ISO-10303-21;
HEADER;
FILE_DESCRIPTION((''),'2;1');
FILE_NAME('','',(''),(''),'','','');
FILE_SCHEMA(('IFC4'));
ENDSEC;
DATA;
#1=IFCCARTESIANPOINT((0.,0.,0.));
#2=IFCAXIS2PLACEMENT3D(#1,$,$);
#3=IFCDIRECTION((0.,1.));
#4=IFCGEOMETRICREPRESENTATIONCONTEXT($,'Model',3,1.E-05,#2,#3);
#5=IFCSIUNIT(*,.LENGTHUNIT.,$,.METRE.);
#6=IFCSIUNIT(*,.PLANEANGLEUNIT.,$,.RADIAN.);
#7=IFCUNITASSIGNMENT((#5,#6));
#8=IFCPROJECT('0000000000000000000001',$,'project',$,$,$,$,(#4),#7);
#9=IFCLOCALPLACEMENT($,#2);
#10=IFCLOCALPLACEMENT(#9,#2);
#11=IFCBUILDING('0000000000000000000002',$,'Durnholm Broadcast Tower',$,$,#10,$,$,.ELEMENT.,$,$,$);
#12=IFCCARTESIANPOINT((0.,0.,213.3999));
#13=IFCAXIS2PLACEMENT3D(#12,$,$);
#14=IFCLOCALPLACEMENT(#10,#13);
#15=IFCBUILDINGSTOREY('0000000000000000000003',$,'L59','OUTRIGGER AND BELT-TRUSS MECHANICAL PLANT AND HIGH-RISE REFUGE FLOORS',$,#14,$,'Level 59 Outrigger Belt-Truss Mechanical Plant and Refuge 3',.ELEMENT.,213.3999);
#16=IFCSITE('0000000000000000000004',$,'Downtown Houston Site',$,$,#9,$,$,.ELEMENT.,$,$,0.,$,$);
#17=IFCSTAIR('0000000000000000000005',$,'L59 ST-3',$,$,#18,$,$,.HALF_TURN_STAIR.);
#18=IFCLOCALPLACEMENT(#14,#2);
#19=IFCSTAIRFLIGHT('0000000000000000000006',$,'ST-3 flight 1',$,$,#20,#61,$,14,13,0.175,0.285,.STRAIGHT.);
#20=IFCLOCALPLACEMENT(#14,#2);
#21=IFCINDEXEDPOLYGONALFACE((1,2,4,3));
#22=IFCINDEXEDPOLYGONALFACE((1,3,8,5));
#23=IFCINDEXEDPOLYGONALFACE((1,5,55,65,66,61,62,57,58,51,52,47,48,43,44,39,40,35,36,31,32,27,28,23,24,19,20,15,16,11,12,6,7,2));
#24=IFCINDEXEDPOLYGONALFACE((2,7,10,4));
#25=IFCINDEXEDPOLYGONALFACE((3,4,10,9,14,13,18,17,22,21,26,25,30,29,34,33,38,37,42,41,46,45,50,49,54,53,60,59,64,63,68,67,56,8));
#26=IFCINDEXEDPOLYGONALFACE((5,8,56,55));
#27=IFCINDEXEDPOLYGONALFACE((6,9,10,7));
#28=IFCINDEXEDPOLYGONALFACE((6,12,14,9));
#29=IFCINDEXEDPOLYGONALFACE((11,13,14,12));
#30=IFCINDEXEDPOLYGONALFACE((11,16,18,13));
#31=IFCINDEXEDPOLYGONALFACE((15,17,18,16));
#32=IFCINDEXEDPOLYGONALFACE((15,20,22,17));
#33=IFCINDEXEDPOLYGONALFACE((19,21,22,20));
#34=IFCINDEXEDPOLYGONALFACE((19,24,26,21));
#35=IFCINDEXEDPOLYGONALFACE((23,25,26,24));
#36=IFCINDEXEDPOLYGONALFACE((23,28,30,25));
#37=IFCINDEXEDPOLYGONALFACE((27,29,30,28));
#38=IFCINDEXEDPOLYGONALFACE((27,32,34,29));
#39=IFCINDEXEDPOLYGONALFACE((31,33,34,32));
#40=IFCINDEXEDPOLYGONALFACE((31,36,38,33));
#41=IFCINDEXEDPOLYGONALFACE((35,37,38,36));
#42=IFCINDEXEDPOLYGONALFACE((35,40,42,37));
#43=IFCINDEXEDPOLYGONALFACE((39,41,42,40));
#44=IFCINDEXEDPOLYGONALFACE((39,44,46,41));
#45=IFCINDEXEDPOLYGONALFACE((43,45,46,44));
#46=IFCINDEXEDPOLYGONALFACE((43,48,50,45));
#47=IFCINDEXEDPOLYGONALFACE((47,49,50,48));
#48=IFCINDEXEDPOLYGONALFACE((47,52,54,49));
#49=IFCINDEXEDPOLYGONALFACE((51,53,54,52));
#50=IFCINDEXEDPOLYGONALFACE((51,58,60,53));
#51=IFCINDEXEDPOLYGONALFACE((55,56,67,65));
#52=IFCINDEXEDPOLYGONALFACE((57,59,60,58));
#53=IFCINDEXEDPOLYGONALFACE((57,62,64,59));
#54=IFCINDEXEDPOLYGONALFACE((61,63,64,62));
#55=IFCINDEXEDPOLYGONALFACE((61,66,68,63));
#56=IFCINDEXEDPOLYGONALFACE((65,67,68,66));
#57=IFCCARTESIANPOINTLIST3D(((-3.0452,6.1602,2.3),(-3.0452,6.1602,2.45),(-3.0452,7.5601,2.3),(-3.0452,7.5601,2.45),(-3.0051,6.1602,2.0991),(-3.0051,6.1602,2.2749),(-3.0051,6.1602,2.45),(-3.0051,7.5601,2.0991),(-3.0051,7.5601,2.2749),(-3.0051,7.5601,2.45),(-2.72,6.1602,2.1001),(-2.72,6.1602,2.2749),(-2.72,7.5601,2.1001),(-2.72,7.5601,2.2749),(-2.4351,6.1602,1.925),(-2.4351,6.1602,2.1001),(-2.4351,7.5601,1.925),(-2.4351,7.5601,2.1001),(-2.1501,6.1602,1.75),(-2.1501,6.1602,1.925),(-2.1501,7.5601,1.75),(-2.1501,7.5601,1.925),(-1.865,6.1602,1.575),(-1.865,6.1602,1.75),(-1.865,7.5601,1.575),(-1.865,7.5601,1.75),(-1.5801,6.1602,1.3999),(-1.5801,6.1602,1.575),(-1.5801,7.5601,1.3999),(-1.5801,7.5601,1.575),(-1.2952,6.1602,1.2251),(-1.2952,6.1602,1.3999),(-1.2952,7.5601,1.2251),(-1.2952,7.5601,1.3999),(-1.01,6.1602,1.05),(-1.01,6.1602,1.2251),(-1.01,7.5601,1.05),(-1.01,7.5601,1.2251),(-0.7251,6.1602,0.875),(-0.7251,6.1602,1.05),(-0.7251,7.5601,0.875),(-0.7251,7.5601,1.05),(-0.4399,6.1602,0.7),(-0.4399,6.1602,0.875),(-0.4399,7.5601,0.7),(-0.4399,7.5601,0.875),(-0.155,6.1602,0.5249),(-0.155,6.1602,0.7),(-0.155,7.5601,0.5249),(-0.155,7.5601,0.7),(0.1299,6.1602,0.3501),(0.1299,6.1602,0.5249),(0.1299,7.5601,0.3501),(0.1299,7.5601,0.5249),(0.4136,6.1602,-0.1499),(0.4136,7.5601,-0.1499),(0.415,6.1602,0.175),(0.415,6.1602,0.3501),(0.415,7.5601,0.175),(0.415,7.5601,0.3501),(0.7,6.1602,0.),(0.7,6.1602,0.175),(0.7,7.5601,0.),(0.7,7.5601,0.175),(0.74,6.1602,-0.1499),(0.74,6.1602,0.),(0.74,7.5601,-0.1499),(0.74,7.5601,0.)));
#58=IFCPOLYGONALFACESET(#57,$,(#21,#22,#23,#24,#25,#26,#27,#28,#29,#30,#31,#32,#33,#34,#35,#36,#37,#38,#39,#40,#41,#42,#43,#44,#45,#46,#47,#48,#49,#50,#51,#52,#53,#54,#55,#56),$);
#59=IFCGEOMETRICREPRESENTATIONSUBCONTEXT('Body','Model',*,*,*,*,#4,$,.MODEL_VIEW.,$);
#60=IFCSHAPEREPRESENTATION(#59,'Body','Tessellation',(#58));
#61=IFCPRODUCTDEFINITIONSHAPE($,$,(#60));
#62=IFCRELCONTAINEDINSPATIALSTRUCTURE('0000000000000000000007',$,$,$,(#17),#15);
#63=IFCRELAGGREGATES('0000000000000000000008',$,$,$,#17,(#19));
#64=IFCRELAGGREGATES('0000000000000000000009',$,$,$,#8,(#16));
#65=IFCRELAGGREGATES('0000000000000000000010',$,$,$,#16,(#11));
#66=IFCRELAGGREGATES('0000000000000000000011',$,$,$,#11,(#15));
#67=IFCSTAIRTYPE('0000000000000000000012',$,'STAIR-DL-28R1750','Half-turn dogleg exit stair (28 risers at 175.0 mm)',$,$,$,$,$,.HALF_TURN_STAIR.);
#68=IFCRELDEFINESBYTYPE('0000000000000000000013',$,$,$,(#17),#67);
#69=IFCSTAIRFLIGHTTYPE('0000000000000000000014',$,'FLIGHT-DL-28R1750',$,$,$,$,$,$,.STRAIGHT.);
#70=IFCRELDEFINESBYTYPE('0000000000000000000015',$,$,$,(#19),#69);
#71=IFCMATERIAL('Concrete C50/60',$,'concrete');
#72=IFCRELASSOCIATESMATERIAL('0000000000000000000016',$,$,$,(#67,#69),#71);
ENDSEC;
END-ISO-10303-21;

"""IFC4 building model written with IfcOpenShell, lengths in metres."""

from ifc_helpers import new_model, si_unit, direction, frame, origin, place, context, subcontext, project, spatial, polyline, outline, extrude, material, type_object, element, aggregate, save


model = new_model("IFC4")

# Units and contexts
model_context = context("Model", 3, precision=1e-05, world=origin(), true_north=direction((0.0, 1.0)))
body_context = subcontext(model_context, "Body", "Model", "MODEL_VIEW")
ifc_project = project(units=[si_unit("LENGTHUNIT", "METRE"), si_unit("PLANEANGLEUNIT", "RADIAN")], contexts=[model_context])

# Site, building, storey
site_placement = place(None, origin())
site = spatial("IfcSite", under=ifc_project, at=site_placement, Name="Downtown Houston Site", CompositionType="ELEMENT", RefElevation=0.0)
building_placement = place(site_placement, origin())
building = spatial("IfcBuilding", under=site, at=building_placement, Name="Durnholm Broadcast Tower", CompositionType="ELEMENT")
storey_placement = place(building_placement, frame((0.0, 0.0, 213.3999)))
storey = spatial("IfcBuildingStorey", under=building, at=storey_placement, Name="L59", Description="OUTRIGGER AND BELT-TRUSS MECHANICAL PLANT AND HIGH-RISE REFUGE FLOORS", LongName="Level 59 Outrigger Belt-Truss Mechanical Plant and Refuge 3", CompositionType="ELEMENT", Elevation=213.3999)

# Shared definitions
ifc_material_1 = material(Name="Concrete C50/60", Category="concrete")

# Stair, stair flight
stair_type = type_object("IfcStairType", Name="STAIR-DL-28R1750", Description="Half-turn dogleg exit stair (28 risers at 175.0 mm)", PredefinedType="HALF_TURN_STAIR", material=ifc_material_1)
stair_placement = place(storey_placement, origin())
stair = element("IfcStair", 1, at=stair_placement, inside=storey, type_object=stair_type, Name="L59 ST-3", PredefinedType="HALF_TURN_STAIR")
stair_flight_type = type_object("IfcStairFlightType", Name="FLIGHT-DL-28R1750", PredefinedType="STRAIGHT", material=ifc_material_1)
stair_flight_placement = place(storey_placement, frame((0.7, 6.8601, 0.0), z_axis=(0.0, 0.0, 1.0), x_axis=(-1.0, 0.0, 0.0)))
stair_flight = element("IfcStairFlight", 2, at=stair_flight_placement, type_object=stair_flight_type, Name="ST-3 flight 1", NumberOfRisers=14, NumberOfTreads=13, PredefinedType="STRAIGHT", RiserHeight=0.175, TreadLength=0.285, context=body_context, shape_type="SweptSolid", body=[
    extrude(outline(polyline([(-0.04, -0.1499), (-0.04, 0.0), (0.0, 0.0), (0.0, 0.175), (0.2849, 0.175), (0.2849, 0.3501), (0.5701, 0.3501), (0.5701, 0.5249), (0.855, 0.5249), (0.855, 0.7), (1.1399, 0.7), (1.1399, 0.875), (1.425, 0.875), (1.425, 1.05), (1.71, 1.05), (1.71, 1.2251), (1.9951, 1.2251), (1.9951, 1.3999), (2.28, 1.3999), (2.28, 1.575), (2.5649, 1.575), (2.5649, 1.75), (2.8501, 1.75), (2.8501, 1.925), (3.135, 1.925), (3.135, 2.1001), (3.4199, 2.1001), (3.4199, 2.2749), (3.7051, 2.2749), (3.7051, 2.45), (3.7451, 2.45), (3.7451, 2.3), (3.7051, 2.0991), (0.2864, -0.1499), (-0.04, -0.1499)])), frame((0.0, 0.7, 0.0), z_axis=(0.0, -1.0, 0.0), x_axis=(1.0, 0.0, 0.0)), (0.0, 0.0, 1.0), 1.3999),
])
aggregate(stair, [stair_flight])

save(model, "model.ifc")
